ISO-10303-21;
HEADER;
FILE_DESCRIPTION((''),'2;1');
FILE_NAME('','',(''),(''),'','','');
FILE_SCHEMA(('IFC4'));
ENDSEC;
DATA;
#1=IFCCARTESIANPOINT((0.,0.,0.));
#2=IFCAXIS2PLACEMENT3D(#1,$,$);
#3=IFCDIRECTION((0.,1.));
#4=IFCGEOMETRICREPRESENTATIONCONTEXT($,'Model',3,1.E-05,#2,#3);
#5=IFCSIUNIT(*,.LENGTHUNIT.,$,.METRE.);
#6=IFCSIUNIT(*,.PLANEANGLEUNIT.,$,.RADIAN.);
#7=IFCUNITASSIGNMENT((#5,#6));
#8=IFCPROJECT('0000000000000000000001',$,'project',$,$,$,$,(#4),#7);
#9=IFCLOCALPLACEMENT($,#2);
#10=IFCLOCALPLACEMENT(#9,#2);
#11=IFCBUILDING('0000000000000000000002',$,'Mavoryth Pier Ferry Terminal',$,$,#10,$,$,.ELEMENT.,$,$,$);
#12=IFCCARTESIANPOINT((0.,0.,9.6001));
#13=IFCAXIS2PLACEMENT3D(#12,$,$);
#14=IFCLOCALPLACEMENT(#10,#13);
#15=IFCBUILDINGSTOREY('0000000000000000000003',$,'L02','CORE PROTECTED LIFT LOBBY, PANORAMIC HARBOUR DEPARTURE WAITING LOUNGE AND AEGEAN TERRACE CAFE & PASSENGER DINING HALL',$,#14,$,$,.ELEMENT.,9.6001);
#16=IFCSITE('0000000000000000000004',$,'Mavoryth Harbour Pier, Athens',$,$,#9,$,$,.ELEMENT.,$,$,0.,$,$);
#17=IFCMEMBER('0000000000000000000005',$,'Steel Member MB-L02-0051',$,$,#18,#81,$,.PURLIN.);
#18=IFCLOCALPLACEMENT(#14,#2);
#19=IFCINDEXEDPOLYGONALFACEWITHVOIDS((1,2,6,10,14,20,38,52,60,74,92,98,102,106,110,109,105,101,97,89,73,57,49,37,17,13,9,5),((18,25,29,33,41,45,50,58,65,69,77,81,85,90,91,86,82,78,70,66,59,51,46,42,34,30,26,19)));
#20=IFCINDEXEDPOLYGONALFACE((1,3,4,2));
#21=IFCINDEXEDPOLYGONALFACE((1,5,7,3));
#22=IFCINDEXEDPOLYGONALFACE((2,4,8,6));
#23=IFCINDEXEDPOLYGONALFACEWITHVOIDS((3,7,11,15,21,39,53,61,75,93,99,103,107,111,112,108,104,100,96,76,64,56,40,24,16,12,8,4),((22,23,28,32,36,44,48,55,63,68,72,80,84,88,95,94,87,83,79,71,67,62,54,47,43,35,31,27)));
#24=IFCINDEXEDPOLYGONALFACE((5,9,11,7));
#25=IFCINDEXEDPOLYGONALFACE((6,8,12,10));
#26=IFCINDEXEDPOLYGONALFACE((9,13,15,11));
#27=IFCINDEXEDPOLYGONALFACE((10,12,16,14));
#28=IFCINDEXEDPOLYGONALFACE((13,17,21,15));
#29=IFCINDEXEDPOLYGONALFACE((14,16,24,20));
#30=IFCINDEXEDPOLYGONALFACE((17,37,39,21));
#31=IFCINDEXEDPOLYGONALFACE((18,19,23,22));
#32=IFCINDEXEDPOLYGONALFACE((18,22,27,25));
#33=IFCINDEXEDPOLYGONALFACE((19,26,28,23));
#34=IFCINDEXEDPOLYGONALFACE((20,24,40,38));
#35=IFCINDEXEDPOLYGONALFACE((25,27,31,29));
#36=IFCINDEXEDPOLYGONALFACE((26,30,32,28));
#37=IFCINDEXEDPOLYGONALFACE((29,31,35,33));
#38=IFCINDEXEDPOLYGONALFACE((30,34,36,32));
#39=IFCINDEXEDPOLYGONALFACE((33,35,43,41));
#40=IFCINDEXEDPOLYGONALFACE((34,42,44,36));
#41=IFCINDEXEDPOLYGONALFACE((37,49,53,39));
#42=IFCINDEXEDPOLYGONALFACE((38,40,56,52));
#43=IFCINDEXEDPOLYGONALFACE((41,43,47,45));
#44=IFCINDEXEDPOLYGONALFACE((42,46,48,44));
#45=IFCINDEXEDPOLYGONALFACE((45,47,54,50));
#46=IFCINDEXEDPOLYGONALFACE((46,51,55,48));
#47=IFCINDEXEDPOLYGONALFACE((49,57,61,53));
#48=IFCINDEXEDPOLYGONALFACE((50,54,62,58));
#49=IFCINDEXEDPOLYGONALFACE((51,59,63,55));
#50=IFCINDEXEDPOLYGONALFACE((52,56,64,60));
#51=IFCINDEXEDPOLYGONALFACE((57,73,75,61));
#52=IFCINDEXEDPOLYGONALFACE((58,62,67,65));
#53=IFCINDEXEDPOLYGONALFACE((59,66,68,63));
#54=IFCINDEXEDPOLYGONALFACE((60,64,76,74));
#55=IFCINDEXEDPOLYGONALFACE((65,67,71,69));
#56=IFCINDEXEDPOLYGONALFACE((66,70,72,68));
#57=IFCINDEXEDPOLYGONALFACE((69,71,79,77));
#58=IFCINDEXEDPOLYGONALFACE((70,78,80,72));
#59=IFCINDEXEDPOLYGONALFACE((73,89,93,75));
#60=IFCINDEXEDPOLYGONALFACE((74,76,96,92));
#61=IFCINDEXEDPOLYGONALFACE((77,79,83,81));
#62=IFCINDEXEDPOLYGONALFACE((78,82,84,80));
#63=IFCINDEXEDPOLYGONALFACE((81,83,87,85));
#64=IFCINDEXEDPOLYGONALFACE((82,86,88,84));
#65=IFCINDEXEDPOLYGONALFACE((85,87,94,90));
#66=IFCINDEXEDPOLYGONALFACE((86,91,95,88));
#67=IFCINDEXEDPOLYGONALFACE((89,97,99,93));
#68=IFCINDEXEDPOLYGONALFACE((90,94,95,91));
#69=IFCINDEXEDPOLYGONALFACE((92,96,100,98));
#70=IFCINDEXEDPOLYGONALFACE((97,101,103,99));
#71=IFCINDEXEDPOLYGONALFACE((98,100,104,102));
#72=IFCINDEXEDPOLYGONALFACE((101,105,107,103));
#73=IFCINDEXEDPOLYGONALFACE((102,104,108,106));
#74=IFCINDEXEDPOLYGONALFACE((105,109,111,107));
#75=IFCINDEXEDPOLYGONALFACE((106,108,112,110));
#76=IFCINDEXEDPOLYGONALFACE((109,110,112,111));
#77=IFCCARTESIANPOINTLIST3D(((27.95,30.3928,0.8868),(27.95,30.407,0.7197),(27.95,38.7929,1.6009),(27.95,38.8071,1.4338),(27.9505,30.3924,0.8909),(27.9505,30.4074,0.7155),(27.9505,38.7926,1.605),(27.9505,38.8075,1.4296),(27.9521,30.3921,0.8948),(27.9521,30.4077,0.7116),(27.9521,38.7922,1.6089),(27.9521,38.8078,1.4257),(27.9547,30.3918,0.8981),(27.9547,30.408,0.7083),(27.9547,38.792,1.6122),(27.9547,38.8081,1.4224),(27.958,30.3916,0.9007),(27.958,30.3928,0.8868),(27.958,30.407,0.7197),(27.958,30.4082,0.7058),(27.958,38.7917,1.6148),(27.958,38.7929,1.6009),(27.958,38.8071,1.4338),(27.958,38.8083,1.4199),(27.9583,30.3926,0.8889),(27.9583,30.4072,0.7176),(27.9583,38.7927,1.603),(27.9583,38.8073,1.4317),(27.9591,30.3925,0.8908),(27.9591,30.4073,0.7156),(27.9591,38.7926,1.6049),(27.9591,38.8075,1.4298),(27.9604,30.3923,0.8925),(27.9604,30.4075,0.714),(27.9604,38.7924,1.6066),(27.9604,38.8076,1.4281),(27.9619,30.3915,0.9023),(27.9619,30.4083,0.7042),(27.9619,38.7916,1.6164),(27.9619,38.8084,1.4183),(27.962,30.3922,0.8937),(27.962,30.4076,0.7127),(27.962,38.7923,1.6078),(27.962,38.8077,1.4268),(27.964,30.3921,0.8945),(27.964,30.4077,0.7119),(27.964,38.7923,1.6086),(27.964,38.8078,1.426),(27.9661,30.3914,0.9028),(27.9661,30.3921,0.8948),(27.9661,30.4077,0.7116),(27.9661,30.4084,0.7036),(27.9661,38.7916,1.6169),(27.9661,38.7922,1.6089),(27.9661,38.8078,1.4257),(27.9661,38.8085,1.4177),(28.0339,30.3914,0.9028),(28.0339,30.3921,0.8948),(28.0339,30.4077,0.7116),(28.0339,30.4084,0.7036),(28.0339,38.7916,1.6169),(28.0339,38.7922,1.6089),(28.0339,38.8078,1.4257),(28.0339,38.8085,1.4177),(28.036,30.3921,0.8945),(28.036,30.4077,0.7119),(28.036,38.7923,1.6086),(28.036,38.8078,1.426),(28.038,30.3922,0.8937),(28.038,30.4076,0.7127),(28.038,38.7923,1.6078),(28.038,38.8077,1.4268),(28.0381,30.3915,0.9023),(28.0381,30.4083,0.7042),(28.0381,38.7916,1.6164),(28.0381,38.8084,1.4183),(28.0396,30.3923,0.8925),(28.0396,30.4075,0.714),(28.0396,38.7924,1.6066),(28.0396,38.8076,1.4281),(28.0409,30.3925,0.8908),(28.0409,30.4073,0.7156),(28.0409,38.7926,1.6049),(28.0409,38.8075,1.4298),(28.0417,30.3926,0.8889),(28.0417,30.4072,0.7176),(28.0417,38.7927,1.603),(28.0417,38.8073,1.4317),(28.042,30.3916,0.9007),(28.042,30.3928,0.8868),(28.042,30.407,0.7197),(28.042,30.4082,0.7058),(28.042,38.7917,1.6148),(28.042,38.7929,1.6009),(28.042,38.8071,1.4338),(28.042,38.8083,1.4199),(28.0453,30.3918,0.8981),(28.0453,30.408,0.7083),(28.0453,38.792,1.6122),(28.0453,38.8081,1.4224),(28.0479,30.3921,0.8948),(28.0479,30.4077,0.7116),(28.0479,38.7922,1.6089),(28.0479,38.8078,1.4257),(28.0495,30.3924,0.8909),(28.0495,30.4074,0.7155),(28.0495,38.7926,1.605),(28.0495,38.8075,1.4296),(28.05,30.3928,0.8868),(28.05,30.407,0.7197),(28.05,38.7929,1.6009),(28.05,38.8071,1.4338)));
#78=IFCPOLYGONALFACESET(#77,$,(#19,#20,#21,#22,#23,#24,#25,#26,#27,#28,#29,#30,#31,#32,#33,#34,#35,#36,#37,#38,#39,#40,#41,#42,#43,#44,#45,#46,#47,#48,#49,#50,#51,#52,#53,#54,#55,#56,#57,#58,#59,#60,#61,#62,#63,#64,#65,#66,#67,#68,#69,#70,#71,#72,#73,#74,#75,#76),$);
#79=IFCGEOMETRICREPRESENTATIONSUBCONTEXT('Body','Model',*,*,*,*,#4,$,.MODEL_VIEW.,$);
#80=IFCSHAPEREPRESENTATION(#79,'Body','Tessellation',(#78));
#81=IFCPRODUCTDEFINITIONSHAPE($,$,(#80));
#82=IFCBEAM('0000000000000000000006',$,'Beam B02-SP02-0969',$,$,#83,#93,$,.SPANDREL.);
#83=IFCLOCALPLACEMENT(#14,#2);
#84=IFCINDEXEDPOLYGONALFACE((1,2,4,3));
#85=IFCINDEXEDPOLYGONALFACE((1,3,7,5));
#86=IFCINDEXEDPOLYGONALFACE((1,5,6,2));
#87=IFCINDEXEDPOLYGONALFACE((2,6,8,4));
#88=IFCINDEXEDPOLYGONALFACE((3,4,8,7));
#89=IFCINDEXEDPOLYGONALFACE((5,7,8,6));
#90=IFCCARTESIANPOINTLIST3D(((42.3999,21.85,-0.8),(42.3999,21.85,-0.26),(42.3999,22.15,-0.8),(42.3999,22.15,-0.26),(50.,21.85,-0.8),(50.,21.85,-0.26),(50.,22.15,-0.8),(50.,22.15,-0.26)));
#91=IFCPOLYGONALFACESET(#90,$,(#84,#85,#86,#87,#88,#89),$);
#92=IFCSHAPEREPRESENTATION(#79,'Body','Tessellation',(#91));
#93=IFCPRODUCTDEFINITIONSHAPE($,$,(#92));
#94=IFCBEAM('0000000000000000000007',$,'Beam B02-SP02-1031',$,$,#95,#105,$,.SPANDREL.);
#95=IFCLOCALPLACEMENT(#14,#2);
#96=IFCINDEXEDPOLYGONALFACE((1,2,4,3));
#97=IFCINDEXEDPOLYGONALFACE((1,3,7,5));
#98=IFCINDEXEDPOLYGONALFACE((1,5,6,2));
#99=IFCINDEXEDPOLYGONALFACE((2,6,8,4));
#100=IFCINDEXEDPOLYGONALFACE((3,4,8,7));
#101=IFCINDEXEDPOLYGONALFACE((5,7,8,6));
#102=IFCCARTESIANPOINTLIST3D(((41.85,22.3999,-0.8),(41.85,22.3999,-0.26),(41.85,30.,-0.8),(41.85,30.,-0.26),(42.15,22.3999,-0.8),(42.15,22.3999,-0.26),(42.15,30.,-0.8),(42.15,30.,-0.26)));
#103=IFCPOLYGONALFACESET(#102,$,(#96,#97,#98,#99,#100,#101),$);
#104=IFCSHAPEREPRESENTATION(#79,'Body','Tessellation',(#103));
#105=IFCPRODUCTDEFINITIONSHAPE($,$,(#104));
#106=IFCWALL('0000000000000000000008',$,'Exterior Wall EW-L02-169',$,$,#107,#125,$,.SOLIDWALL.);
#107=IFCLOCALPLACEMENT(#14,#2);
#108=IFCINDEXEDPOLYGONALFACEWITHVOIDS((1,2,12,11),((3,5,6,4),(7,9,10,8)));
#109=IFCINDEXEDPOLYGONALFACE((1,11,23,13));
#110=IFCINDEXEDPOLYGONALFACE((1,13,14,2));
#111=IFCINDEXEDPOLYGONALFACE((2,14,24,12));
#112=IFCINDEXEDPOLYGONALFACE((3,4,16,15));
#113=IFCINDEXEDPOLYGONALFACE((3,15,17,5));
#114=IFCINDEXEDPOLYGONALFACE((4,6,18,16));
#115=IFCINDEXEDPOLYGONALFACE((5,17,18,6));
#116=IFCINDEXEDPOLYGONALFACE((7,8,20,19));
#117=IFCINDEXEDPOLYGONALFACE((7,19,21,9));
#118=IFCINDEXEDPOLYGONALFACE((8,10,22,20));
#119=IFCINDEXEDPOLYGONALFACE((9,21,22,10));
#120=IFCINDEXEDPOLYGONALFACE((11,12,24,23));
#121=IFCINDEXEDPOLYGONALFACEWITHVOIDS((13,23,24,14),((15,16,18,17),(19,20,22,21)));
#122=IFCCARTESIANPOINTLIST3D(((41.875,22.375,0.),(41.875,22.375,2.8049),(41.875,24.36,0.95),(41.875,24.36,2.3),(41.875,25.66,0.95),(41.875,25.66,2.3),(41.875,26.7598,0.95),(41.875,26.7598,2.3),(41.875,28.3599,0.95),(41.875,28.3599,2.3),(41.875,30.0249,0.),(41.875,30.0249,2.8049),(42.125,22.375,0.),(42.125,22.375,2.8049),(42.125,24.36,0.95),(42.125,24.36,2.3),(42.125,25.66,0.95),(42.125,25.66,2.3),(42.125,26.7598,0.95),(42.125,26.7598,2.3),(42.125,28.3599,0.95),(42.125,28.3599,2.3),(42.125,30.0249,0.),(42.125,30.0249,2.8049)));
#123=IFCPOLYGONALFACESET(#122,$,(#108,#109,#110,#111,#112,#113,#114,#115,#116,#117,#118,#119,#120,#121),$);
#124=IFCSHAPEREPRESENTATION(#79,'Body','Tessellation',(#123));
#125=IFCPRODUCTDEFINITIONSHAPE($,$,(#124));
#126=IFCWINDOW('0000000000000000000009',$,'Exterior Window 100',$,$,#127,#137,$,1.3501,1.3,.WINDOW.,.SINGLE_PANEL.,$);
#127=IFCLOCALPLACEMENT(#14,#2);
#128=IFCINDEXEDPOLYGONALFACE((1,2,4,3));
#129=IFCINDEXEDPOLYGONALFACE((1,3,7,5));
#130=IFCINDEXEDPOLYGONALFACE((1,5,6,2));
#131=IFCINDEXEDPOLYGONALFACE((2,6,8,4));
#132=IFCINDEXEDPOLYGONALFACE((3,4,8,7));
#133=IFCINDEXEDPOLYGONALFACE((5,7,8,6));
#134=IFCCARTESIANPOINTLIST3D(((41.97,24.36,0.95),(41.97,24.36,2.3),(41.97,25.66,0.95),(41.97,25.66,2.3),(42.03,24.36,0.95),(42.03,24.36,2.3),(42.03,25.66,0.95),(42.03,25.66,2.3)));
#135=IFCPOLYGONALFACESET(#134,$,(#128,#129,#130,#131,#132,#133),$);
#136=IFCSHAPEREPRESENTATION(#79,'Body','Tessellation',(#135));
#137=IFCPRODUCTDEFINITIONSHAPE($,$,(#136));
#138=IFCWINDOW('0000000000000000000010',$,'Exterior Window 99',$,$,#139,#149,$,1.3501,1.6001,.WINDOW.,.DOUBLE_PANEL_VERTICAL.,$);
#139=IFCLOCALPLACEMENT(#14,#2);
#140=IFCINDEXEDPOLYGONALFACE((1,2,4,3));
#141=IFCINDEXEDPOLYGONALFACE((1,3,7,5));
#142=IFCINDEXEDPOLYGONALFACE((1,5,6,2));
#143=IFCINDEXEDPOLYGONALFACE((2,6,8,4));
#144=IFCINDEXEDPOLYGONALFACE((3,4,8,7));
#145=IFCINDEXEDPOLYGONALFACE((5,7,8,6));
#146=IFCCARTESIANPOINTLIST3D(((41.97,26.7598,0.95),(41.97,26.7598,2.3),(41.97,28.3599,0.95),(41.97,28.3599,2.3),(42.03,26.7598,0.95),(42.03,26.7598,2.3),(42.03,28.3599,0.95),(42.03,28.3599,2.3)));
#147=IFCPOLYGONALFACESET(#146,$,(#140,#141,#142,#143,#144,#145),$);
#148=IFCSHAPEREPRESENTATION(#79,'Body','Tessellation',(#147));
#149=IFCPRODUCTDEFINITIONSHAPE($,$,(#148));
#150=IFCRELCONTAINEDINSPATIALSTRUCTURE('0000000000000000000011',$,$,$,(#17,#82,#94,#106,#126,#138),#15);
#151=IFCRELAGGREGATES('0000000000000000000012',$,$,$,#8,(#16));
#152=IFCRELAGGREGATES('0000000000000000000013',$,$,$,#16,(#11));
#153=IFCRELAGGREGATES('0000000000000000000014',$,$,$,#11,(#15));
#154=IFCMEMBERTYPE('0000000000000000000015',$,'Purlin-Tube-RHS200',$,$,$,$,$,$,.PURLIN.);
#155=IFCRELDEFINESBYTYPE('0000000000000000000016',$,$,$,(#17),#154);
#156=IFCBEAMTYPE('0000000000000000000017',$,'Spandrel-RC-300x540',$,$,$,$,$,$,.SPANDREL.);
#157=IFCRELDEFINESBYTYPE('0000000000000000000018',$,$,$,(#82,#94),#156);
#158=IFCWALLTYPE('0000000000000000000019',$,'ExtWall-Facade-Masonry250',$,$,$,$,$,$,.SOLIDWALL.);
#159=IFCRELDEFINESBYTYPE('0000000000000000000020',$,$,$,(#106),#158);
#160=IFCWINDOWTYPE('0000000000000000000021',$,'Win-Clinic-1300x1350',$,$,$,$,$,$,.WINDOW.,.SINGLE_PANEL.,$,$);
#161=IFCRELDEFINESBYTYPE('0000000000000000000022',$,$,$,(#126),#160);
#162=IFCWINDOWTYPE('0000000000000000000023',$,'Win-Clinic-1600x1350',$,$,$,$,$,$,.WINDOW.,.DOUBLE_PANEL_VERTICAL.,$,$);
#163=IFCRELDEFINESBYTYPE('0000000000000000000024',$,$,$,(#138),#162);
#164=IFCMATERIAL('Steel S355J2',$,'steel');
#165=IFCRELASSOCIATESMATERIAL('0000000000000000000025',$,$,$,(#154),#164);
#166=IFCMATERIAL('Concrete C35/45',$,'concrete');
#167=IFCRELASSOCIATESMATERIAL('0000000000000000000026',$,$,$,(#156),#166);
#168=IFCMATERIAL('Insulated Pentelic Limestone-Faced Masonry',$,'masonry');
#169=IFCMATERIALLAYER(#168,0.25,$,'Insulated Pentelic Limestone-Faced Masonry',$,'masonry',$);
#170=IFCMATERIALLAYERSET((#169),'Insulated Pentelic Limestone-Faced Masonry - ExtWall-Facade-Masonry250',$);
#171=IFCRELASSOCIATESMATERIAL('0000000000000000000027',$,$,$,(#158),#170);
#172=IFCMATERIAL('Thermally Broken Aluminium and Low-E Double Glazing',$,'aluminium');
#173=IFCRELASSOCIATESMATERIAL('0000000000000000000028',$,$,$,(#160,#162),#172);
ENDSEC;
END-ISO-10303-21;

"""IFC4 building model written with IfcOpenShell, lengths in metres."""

from ifc_helpers import new_model, si_unit, direction, frame, frame_2d, origin, origin_2d, place, context, subcontext, project, spatial, rectangle, hollow_rectangle, extrude, material, layer, layer_set, material_profile, profile_set, type_object, element, fill, save


model = new_model("IFC4")

# Units and contexts
model_context = context("Model", 3, precision=1e-05, world=origin(), true_north=direction((0.0, 1.0)))
body_context = subcontext(model_context, "Body", "Model", "MODEL_VIEW")
ifc_project = project(units=[si_unit("LENGTHUNIT", "METRE"), si_unit("PLANEANGLEUNIT", "RADIAN")], contexts=[model_context])

# Site, building, storey
site_placement = place(None, origin())
site = spatial("IfcSite", under=ifc_project, at=site_placement, Name="Mavoryth Harbour Pier, Athens", CompositionType="ELEMENT", RefElevation=0.0)
building_placement = place(site_placement, origin())
building = spatial("IfcBuilding", under=site, at=building_placement, Name="Mavoryth Pier Ferry Terminal", CompositionType="ELEMENT")
storey_placement = place(building_placement, frame((0.0, 0.0, 9.6001)))
storey = spatial("IfcBuildingStorey", under=building, at=storey_placement, Name="L02", Description="CORE PROTECTED LIFT LOBBY, PANORAMIC HARBOUR DEPARTURE WAITING LOUNGE AND AEGEAN TERRACE CAFE & PASSENGER DINING HALL", CompositionType="ELEMENT", Elevation=9.6001)

# Shared definitions
ifc_material_1 = material(Name="Steel S355J2", Category="steel")

# Shared definitions
ifc_material_2 = material(Name="Concrete C35/45", Category="concrete")

# Member
ifc_material_profile_1 = material_profile(ifc_material_1, hollow_rectangle(XDim=0.1001, YDim=0.2, WallThickness=0.0081, InnerFilletRadius=0.0081, OuterFilletRadius=0.0161, at=origin_2d()), Name="RHS 200x100x8.0", Category="steel")
ifc_profile_set_1 = profile_set([ifc_material_profile_1], Name="Steel S355J2 - RHS 200x100x8.0")
member_type_1 = type_object("IfcMemberType", Name="Purlin-Tube-RHS200", PredefinedType="PURLIN", material=ifc_profile_set_1)
member_1_placement = place(storey_placement, frame((28.0, 30.3999, 0.8032), z_axis=(0.0, 0.996406, 0.084706), x_axis=(-1.0, 0.0, 0.0)))
element("IfcMember", 1, at=member_1_placement, inside=storey, type_object=member_type_1, Name="Steel Member MB-L02-0051", PredefinedType="PURLIN", context=body_context, shape_type="SweptSolid", body=[
    extrude(hollow_rectangle(XDim=0.1001, YDim=0.2, WallThickness=0.0081, InnerFilletRadius=0.0081, OuterFilletRadius=0.0161, at=origin_2d()), origin(), (0.0, 0.0, 1.0), 8.4304),
])

# Beams
ifc_material_profile_2 = material_profile(ifc_material_2, rectangle(XDim=0.3, YDim=0.54, at=origin_2d()), Name="RC 300x540", Category="concrete")
ifc_profile_set_2 = profile_set([ifc_material_profile_2], Name="Concrete C35/45 - RC 300x540")
beam_type_1 = type_object("IfcBeamType", Name="Spandrel-RC-300x540", PredefinedType="SPANDREL", material=ifc_profile_set_2)
for number, where, z_axis, x_axis, name in (
    (2, (42.3999, 22.0, -0.53), (1.0, 0.0, 0.0), (0.0, 1.0, 0.0), "Beam B02-SP02-0969"),
    (3, (42.0, 22.3999, -0.53), (0.0, 1.0, 0.0), (-1.0, 0.0, 0.0), "Beam B02-SP02-1031"),
):
    element("IfcBeam", number, at=place(storey_placement, frame(where, z_axis=z_axis, x_axis=x_axis)), inside=storey, type_object=beam_type_1, Name=name, PredefinedType="SPANDREL", context=body_context, shape_type="SweptSolid", body=[
        extrude(rectangle(XDim=0.3, YDim=0.54, at=origin_2d()), origin(), (0.0, 0.0, 1.0), 7.6001),
    ])

# Wall, openings, windows
ifc_material_3 = material(Name="Insulated Pentelic Limestone-Faced Masonry", Category="masonry")
ifc_layer_1 = layer(ifc_material_3, 0.25, Name="Insulated Pentelic Limestone-Faced Masonry", Category="masonry")
ifc_layer_set_1 = layer_set([ifc_layer_1], Name="Insulated Pentelic Limestone-Faced Masonry - ExtWall-Facade-Masonry250")
wall_type_1 = type_object("IfcWallType", Name="ExtWall-Facade-Masonry250", PredefinedType="SOLIDWALL", material=ifc_layer_set_1)
wall_1_placement = place(storey_placement, frame((42.0, 30.0249, 0.0), z_axis=(0.0, 0.0, 1.0), x_axis=(0.0, -1.0, 0.0)))
wall_1 = element("IfcWall", 4, at=wall_1_placement, inside=storey, type_object=wall_type_1, Name="Exterior Wall EW-L02-169", PredefinedType="SOLIDWALL", context=body_context, shape_type="SweptSolid", body=[
    extrude(rectangle(XDim=7.6499, YDim=0.25, at=frame_2d((3.825, 0.0))), origin(), (0.0, 0.0, 1.0), 2.8049),
])
opening_1_placement = place(wall_1_placement, frame((1.665, 0.0, 0.95)))
opening_1 = element("IfcOpeningElement", 5, at=opening_1_placement, cuts=wall_1, PredefinedType="OPENING", context=body_context, shape_type="SweptSolid", body=[
    extrude(rectangle(XDim=1.6001, YDim=1.3501, at=frame_2d((0.8, 0.675))), frame((0.0, 0.135, 0.0), z_axis=(0.0, -1.0, 0.0), x_axis=(1.0, 0.0, 0.0)), (0.0, 0.0, 1.0), 0.27),
])
opening_2_placement = place(wall_1_placement, frame((4.365, 0.0, 0.95)))
opening_2 = element("IfcOpeningElement", 6, at=opening_2_placement, cuts=wall_1, PredefinedType="OPENING", context=body_context, shape_type="SweptSolid", body=[
    extrude(rectangle(XDim=1.3, YDim=1.3501, at=frame_2d((0.6499, 0.675))), frame((0.0, 0.135, 0.0), z_axis=(0.0, -1.0, 0.0), x_axis=(1.0, 0.0, 0.0)), (0.0, 0.0, 1.0), 0.27),
])
ifc_material_4 = material(Name="Thermally Broken Aluminium and Low-E Double Glazing", Category="aluminium")
window_type_1 = type_object("IfcWindowType", Name="Win-Clinic-1300x1350", PartitioningType="SINGLE_PANEL", PredefinedType="WINDOW", material=ifc_material_4)
window_1_placement = place(opening_2_placement, origin())
window_1 = element("IfcWindow", 7, at=window_1_placement, inside=storey, type_object=window_type_1, Name="Exterior Window 100", OverallHeight=1.3501, OverallWidth=1.3, PartitioningType="SINGLE_PANEL", PredefinedType="WINDOW", context=body_context, shape_type="SweptSolid", body=[
    extrude(rectangle(XDim=1.3, YDim=1.3501, at=frame_2d((0.6499, 0.675))), frame((0.0, 0.03, 0.0), z_axis=(0.0, -1.0, 0.0), x_axis=(1.0, 0.0, 0.0)), (0.0, 0.0, 1.0), 0.0601),
])
fill(opening_2, window_1)
window_type_2 = type_object("IfcWindowType", Name="Win-Clinic-1600x1350", PartitioningType="DOUBLE_PANEL_VERTICAL", PredefinedType="WINDOW", material=ifc_material_4)
window_2_placement = place(opening_1_placement, origin())
window_2 = element("IfcWindow", 8, at=window_2_placement, inside=storey, type_object=window_type_2, Name="Exterior Window 99", OverallHeight=1.3501, OverallWidth=1.6001, PartitioningType="DOUBLE_PANEL_VERTICAL", PredefinedType="WINDOW", context=body_context, shape_type="SweptSolid", body=[
    extrude(rectangle(XDim=1.6001, YDim=1.3501, at=frame_2d((0.8, 0.675))), frame((0.0, 0.03, 0.0), z_axis=(0.0, -1.0, 0.0), x_axis=(1.0, 0.0, 0.0)), (0.0, 0.0, 1.0), 0.0601),
])
fill(opening_1, window_2)

save(model, "model.ifc")
